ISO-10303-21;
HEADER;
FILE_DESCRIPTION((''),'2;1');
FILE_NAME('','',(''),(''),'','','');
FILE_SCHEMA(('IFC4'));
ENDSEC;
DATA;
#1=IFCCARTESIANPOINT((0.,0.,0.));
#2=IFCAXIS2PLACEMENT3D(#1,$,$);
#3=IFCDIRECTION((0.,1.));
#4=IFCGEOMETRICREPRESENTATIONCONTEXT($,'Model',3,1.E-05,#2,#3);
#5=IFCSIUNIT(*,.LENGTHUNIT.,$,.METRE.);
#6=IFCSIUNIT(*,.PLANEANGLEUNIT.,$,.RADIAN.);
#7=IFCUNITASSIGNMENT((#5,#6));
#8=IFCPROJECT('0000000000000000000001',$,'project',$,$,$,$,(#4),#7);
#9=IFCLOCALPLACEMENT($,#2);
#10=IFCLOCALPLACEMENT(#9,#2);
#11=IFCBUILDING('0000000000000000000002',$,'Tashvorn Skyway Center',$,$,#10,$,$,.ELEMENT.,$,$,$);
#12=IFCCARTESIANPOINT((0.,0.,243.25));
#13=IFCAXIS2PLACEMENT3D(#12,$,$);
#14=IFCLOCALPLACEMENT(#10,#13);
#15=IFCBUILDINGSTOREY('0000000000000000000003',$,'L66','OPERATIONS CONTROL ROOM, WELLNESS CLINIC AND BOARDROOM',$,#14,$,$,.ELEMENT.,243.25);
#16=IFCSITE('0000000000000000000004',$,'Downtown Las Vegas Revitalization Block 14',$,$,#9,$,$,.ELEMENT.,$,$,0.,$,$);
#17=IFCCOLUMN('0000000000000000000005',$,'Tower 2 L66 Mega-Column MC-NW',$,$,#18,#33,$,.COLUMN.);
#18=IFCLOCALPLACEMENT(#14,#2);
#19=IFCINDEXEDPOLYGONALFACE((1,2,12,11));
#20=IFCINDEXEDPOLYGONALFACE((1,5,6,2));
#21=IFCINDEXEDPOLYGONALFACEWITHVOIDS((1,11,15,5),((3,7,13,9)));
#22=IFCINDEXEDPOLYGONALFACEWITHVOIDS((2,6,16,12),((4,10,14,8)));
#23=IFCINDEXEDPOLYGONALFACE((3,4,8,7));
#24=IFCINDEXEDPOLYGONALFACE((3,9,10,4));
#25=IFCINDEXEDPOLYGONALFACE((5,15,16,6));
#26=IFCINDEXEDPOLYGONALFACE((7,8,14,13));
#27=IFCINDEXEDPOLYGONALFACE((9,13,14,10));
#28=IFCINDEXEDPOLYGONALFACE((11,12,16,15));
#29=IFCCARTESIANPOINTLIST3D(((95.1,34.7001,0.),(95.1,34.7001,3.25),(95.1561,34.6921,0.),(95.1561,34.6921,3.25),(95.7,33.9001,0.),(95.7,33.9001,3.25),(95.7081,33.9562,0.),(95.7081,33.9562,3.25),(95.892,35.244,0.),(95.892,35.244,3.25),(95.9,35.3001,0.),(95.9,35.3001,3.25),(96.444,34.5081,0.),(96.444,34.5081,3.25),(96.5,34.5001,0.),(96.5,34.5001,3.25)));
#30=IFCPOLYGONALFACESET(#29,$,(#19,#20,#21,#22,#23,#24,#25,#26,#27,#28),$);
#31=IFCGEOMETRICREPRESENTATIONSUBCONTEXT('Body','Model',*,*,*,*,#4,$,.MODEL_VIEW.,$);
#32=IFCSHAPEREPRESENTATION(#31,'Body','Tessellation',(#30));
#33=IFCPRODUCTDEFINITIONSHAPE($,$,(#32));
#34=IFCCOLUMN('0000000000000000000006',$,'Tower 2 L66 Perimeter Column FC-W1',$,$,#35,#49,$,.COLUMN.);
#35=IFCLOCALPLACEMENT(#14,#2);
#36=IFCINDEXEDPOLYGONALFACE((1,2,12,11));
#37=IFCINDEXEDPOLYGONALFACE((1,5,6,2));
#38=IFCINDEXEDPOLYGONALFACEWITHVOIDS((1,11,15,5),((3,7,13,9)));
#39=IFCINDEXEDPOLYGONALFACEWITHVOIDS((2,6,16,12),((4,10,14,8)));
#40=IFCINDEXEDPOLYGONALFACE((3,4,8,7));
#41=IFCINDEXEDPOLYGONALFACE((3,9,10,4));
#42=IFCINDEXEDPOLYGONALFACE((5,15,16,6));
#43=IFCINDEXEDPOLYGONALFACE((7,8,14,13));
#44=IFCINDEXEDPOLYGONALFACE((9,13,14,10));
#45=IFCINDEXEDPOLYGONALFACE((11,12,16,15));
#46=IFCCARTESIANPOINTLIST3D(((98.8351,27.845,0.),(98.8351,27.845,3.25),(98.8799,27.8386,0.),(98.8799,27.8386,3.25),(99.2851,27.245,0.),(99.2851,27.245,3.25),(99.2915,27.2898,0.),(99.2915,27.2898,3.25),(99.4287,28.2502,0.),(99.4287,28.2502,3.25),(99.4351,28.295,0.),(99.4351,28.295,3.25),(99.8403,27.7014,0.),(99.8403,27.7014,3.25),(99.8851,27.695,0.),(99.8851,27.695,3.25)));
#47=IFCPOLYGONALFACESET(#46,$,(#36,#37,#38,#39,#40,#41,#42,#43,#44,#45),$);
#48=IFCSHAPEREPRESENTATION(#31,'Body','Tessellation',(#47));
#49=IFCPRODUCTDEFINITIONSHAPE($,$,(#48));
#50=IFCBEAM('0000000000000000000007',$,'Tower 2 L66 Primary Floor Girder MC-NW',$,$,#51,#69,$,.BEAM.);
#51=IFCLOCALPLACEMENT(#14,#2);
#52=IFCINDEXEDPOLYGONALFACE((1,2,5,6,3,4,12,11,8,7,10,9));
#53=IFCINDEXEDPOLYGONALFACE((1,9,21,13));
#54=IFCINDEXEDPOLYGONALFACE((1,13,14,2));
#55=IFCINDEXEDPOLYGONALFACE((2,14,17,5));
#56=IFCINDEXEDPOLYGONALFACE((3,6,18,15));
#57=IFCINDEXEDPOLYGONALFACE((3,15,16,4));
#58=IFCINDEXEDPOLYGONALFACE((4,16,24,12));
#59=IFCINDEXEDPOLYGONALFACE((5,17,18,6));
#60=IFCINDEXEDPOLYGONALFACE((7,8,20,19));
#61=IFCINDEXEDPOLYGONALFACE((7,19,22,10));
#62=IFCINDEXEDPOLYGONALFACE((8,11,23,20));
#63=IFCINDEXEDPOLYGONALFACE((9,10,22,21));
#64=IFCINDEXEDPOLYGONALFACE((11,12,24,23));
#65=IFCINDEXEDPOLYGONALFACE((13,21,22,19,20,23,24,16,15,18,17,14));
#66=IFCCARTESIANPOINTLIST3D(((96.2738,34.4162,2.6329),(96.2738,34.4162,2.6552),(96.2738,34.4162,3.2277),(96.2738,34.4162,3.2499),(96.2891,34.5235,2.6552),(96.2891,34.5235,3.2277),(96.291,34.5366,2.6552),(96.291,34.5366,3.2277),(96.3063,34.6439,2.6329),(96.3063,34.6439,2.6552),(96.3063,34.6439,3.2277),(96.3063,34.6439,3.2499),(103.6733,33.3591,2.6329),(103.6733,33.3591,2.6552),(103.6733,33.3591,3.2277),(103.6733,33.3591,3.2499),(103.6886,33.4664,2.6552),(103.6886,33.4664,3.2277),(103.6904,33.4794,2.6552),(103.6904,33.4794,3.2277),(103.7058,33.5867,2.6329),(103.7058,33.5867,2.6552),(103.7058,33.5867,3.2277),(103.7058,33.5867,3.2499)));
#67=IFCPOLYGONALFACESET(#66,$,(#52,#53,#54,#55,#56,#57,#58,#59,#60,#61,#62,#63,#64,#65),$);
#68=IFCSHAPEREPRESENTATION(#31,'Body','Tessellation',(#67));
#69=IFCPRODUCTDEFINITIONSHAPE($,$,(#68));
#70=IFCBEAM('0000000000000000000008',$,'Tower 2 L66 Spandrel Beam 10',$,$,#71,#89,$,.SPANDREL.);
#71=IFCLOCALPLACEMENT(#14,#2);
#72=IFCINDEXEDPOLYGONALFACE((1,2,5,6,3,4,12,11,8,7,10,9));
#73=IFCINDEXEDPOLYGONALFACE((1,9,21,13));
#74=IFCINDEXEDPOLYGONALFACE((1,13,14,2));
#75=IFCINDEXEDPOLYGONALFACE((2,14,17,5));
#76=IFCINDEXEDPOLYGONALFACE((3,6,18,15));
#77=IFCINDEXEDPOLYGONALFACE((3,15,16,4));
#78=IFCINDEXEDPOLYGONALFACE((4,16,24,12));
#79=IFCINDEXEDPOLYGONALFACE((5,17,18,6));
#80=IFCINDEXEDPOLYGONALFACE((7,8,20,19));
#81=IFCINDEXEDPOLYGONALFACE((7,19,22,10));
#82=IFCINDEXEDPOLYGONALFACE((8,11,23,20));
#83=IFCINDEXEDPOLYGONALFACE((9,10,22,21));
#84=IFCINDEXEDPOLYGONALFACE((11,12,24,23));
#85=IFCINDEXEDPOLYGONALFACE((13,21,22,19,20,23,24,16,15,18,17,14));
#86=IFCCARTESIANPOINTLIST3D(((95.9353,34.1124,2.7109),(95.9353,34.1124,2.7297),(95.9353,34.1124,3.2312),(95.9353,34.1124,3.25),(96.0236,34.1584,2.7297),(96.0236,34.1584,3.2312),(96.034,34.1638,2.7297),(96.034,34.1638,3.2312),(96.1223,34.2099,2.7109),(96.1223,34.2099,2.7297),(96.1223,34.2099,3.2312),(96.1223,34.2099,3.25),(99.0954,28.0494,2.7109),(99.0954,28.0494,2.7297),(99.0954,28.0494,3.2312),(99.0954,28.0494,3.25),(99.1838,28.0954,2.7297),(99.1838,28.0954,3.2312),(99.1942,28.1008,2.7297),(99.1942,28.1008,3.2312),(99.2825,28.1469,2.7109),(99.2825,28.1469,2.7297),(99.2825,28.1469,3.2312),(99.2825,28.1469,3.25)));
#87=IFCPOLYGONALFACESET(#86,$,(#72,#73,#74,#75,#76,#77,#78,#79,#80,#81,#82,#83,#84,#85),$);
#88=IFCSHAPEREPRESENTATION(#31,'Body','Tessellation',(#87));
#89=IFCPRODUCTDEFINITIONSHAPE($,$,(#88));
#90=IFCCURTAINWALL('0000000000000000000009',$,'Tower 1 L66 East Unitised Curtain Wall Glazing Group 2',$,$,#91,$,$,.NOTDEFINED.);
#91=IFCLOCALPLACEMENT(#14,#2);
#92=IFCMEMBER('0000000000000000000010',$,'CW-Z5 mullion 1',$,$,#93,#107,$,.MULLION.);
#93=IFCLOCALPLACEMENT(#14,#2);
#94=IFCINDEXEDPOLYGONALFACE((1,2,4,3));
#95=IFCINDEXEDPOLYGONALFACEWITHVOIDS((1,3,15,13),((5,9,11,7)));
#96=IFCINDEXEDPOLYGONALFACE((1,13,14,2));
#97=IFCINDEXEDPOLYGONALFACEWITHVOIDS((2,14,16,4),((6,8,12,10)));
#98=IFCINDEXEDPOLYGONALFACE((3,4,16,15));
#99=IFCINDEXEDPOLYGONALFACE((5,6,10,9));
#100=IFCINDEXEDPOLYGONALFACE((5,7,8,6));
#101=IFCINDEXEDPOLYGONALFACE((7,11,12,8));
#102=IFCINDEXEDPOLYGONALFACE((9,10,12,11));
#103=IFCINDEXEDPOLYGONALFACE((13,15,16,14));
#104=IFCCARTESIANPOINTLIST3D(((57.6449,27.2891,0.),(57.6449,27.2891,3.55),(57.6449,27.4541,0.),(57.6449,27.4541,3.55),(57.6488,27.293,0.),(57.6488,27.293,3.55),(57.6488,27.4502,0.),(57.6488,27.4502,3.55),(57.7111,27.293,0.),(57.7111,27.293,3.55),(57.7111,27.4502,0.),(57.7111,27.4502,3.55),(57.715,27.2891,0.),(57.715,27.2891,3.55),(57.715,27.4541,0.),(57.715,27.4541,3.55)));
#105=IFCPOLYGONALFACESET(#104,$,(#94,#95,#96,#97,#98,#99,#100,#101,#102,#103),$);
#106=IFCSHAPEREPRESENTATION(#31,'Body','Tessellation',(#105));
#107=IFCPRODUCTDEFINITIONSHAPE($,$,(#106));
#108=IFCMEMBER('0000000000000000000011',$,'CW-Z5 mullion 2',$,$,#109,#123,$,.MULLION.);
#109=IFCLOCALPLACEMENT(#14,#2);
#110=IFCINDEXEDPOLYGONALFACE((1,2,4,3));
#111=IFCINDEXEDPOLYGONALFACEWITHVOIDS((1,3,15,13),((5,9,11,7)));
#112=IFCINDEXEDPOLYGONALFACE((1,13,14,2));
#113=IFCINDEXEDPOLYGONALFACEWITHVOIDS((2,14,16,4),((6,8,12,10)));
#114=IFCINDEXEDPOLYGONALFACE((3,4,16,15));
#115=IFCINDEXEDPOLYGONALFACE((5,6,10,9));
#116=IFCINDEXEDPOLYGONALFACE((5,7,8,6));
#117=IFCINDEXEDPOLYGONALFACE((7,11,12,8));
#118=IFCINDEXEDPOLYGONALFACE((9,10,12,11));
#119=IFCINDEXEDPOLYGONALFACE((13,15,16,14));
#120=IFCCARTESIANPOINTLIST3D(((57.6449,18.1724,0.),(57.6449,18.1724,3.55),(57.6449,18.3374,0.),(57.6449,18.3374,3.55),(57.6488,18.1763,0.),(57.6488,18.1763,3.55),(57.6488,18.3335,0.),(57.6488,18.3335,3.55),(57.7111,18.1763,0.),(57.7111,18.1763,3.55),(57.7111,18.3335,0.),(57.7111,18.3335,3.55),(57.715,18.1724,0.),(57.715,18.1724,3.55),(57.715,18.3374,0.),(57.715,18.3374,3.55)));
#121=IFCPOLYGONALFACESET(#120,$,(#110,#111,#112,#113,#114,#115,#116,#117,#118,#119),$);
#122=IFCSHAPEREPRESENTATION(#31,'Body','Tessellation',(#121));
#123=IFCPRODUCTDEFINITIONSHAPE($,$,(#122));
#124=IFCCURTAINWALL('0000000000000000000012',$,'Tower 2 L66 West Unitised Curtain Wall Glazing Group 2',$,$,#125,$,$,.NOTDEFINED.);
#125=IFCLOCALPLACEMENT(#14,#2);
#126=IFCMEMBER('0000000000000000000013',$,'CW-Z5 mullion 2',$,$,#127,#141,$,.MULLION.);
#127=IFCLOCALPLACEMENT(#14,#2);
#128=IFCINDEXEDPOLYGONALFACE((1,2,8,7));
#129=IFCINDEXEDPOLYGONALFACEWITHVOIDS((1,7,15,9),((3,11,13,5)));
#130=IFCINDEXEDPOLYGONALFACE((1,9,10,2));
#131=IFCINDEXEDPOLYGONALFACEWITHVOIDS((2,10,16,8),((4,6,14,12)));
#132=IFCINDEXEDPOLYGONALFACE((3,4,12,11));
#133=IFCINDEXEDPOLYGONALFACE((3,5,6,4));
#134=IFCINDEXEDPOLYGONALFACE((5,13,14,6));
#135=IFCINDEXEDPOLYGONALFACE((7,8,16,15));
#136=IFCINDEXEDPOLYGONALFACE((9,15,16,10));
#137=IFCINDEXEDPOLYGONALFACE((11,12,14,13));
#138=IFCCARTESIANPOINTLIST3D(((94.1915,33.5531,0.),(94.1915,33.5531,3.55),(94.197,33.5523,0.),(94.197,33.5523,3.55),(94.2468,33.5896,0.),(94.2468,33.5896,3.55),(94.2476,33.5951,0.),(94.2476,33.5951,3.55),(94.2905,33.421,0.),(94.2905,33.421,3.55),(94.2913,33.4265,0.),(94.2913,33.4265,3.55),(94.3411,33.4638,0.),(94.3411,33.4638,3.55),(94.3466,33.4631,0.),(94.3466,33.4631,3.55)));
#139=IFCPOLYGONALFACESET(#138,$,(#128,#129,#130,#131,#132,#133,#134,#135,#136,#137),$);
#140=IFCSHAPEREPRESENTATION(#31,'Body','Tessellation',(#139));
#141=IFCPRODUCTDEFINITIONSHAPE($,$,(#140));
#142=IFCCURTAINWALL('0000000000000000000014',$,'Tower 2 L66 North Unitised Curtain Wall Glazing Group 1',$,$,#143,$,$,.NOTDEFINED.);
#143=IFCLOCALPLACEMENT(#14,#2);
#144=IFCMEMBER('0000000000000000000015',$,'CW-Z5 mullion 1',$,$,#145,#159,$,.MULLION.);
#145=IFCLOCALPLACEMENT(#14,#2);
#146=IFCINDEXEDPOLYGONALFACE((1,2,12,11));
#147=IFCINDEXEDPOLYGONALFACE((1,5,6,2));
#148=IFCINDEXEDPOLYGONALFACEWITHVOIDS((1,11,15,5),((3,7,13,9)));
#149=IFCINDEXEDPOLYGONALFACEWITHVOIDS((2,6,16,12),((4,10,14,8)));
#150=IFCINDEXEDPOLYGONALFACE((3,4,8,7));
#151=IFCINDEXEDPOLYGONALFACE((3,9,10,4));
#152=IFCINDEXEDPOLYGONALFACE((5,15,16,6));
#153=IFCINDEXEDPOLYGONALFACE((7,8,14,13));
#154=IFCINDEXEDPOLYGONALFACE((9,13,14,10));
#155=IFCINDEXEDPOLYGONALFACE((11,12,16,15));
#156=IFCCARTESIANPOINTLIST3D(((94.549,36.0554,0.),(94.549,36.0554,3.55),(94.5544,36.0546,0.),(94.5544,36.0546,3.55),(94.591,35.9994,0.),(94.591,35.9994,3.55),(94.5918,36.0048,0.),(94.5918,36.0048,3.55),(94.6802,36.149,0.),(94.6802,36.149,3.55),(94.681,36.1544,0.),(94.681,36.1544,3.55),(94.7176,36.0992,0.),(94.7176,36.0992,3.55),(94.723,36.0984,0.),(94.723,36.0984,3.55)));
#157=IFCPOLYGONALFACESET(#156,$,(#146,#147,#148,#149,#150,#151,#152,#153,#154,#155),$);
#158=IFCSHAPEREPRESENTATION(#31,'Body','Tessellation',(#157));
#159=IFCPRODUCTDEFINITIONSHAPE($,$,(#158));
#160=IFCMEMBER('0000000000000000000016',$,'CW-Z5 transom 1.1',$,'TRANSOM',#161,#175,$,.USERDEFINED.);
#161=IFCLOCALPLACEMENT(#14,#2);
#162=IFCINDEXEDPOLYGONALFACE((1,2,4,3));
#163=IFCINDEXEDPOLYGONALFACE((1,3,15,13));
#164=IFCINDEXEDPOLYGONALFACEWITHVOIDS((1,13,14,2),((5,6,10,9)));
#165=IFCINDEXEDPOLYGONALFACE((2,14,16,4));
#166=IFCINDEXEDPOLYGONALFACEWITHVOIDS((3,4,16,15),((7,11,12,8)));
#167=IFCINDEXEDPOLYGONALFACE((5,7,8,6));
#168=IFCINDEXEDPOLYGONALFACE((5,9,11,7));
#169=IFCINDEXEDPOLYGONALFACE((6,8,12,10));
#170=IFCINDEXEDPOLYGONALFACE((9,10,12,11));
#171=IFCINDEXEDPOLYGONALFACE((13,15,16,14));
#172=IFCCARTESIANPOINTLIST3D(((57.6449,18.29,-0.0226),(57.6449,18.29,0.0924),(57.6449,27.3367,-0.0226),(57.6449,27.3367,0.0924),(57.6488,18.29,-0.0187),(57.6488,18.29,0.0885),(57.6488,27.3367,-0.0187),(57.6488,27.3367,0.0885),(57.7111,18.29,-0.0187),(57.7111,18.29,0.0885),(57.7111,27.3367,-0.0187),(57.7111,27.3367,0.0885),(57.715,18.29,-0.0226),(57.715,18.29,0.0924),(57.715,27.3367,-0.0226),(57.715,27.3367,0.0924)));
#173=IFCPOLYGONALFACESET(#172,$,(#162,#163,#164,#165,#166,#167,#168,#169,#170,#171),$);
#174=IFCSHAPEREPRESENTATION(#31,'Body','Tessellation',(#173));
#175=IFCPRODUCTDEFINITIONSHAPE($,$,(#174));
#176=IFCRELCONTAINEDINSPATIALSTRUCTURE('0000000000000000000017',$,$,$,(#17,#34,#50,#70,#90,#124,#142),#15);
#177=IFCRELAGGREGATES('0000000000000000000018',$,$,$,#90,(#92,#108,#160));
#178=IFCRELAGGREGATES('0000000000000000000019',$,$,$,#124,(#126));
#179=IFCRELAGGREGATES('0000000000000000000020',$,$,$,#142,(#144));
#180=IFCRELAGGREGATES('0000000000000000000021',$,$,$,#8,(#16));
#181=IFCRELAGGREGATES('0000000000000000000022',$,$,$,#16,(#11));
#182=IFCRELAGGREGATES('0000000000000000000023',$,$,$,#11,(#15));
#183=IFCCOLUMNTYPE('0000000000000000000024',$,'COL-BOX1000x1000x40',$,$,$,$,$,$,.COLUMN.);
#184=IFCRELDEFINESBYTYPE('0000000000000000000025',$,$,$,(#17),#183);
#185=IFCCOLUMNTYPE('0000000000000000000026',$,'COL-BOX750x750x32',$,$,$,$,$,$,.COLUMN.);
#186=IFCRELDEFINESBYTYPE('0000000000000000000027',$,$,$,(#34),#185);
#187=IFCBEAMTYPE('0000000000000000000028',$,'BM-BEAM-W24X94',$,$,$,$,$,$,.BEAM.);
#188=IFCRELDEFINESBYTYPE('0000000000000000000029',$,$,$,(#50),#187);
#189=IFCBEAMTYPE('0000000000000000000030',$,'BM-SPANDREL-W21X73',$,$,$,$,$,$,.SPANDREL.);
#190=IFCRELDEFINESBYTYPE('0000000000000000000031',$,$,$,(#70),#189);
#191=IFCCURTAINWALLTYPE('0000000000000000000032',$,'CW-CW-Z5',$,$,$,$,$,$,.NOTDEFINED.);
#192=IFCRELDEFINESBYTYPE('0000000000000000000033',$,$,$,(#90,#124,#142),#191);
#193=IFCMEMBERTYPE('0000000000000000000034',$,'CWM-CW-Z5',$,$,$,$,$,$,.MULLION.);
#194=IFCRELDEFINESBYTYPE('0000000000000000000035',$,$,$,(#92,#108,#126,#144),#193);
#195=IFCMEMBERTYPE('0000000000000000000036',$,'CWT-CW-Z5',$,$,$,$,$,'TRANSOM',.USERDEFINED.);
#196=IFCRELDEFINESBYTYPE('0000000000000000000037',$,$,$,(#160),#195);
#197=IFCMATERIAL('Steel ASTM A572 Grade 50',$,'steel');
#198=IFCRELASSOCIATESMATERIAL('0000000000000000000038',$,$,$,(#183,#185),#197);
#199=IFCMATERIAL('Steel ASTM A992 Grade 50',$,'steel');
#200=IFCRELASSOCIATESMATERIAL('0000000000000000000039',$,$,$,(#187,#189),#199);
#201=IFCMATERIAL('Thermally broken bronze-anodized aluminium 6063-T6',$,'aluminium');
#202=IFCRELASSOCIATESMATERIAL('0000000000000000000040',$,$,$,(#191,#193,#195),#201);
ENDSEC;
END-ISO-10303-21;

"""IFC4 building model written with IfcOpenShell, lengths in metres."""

from ifc_helpers import new_model, si_unit, direction, frame, origin, origin_2d, place, context, subcontext, project, spatial, hollow_rectangle, i_section, extrude, material, material_profile, profile_set, type_object, element, aggregate, save


model = new_model("IFC4")

# Units and contexts
model_context = context("Model", 3, precision=1e-05, world=origin(), true_north=direction((0.0, 1.0)))
body_context = subcontext(model_context, "Body", "Model", "MODEL_VIEW")
ifc_project = project(units=[si_unit("LENGTHUNIT", "METRE"), si_unit("PLANEANGLEUNIT", "RADIAN")], contexts=[model_context])

# Site, building, storey
site_placement = place(None, origin())
site = spatial("IfcSite", under=ifc_project, at=site_placement, Name="Downtown Las Vegas Revitalization Block 14", CompositionType="ELEMENT", RefElevation=0.0)
building_placement = place(site_placement, origin())
building = spatial("IfcBuilding", under=site, at=building_placement, Name="Tashvorn Skyway Center", CompositionType="ELEMENT")
storey_placement = place(building_placement, frame((0.0, 0.0, 243.25)))
storey = spatial("IfcBuildingStorey", under=building, at=storey_placement, Name="L66", Description="OPERATIONS CONTROL ROOM, WELLNESS CLINIC AND BOARDROOM", CompositionType="ELEMENT", Elevation=243.25)

# Columns
ifc_material_1 = material(Name="Steel ASTM A572 Grade 50", Category="steel")
ifc_material_profile_1 = material_profile(ifc_material_1, hollow_rectangle(XDim=1.0, YDim=1.0, WallThickness=0.04, at=origin_2d()), Name="BOX1000x1000x40")
ifc_profile_set_1 = profile_set([ifc_material_profile_1], Name="Steel ASTM A572 Grade 50")
column_type_1 = type_object("IfcColumnType", Name="COL-BOX1000x1000x40", PredefinedType="COLUMN", material=ifc_profile_set_1)
column_1_placement = place(storey_placement, frame((95.8, 34.6001, 0.0), z_axis=(0.0, 0.0, 1.0), x_axis=(0.8, 0.6, 0.0)))
element("IfcColumn", 1, at=column_1_placement, inside=storey, type_object=column_type_1, Name="Tower 2 L66 Mega-Column MC-NW", PredefinedType="COLUMN", context=body_context, shape_type="SweptSolid", body=[
    extrude(hollow_rectangle(XDim=1.0, YDim=1.0, WallThickness=0.04, at=origin_2d()), origin(), (0.0, 0.0, 1.0), 3.25),
])
ifc_material_profile_2 = material_profile(ifc_material_1, hollow_rectangle(XDim=0.75, YDim=0.75, WallThickness=0.032, at=origin_2d()), Name="BOX750x750x32")
ifc_profile_set_2 = profile_set([ifc_material_profile_2], Name="Steel ASTM A572 Grade 50")
column_type_2 = type_object("IfcColumnType", Name="COL-BOX750x750x32", PredefinedType="COLUMN", material=ifc_profile_set_2)
column_2_placement = place(storey_placement, frame((99.3601, 27.77, 0.0), z_axis=(0.0, 0.0, 1.0), x_axis=(0.8, 0.6, 0.0)))
element("IfcColumn", 2, at=column_2_placement, inside=storey, type_object=column_type_2, Name="Tower 2 L66 Perimeter Column FC-W1", PredefinedType="COLUMN", context=body_context, shape_type="SweptSolid", body=[
    extrude(hollow_rectangle(XDim=0.75, YDim=0.75, WallThickness=0.032, at=origin_2d()), origin(), (0.0, 0.0, 1.0), 3.25),
])

# Beams
ifc_material_2 = material(Name="Steel ASTM A992 Grade 50", Category="steel")
ifc_material_profile_3 = material_profile(ifc_material_2, i_section(OverallWidth=0.23, OverallDepth=0.6169, WebThickness=0.0132, FlangeThickness=0.0222, at=origin_2d()), Name="W24X94")
ifc_profile_set_3 = profile_set([ifc_material_profile_3], Name="Steel ASTM A992 Grade 50")
beam_type_1 = type_object("IfcBeamType", Name="BM-BEAM-W24X94", PredefinedType="BEAM", material=ifc_profile_set_3)
beam_1_placement = place(storey_placement, frame((96.29, 34.53, 2.9414), z_axis=(0.989948, -0.141431, 0.0), x_axis=(0.141431, 0.989948, 0.0)))
element("IfcBeam", 3, at=beam_1_placement, inside=storey, type_object=beam_type_1, Name="Tower 2 L66 Primary Floor Girder MC-NW", PredefinedType="BEAM", context=body_context, shape_type="SweptSolid", body=[
    extrude(i_section(OverallWidth=0.23, OverallDepth=0.6169, WebThickness=0.0132, FlangeThickness=0.0222, at=origin_2d()), origin(), (0.0, 0.0, 1.0), 7.4746),
])
ifc_material_profile_4 = material_profile(ifc_material_2, i_section(OverallWidth=0.2109, OverallDepth=0.5391, WebThickness=0.0117, FlangeThickness=0.0188, at=origin_2d()), Name="W21X73")
ifc_profile_set_4 = profile_set([ifc_material_profile_4], Name="Steel ASTM A992 Grade 50")
beam_type_2 = type_object("IfcBeamType", Name="BM-SPANDREL-W21X73", PredefinedType="SPANDREL", material=ifc_profile_set_4)
beam_2_placement = place(storey_placement, frame((96.0288, 34.1611, 2.9805), z_axis=(0.462205, -0.886773, 0.0), x_axis=(0.886773, 0.462205, 0.0)))
element("IfcBeam", 4, at=beam_2_placement, inside=storey, type_object=beam_type_2, Name="Tower 2 L66 Spandrel Beam 10", PredefinedType="SPANDREL", context=body_context, shape_type="SweptSolid", body=[
    extrude(i_section(OverallWidth=0.2109, OverallDepth=0.5391, WebThickness=0.0117, FlangeThickness=0.0188, at=origin_2d()), origin(), (0.0, 0.0, 1.0), 6.8372),
])

# Curtain wall, members
ifc_material_3 = material(Name="Thermally broken bronze-anodized aluminium 6063-T6", Category="aluminium")
curtain_wall_type = type_object("IfcCurtainWallType", Name="CW-CW-Z5", PredefinedType="NOTDEFINED", material=ifc_material_3)
curtain_wall_1_placement = place(storey_placement, origin())
curtain_wall_1 = element("IfcCurtainWall", 5, at=curtain_wall_1_placement, inside=storey, type_object=curtain_wall_type, Name="Tower 1 L66 East Unitised Curtain Wall Glazing Group 2", PredefinedType="NOTDEFINED")
ifc_material_profile_5 = material_profile(ifc_material_3, hollow_rectangle(XDim=0.0701, YDim=0.165, WallThickness=0.0039, at=origin_2d()), Name="ALU-MULL-70x165")
ifc_profile_set_5 = profile_set([ifc_material_profile_5], Name="Thermally broken bronze-anodized aluminium 6063-T6")
member_type_1 = type_object("IfcMemberType", Name="CWM-CW-Z5", PredefinedType="MULLION", material=ifc_profile_set_5)
member_1_placement = place(storey_placement, frame((57.6799, 27.3716, 0.0), z_axis=(0.0, 0.0, 1.0), x_axis=(1.0, 0.0, 0.0)))
member_1 = element("IfcMember", 6, at=member_1_placement, type_object=member_type_1, Name="CW-Z5 mullion 1", PredefinedType="MULLION", context=body_context, shape_type="SweptSolid", body=[
    extrude(hollow_rectangle(XDim=0.0701, YDim=0.165, WallThickness=0.0039, at=origin_2d()), origin(), (0.0, 0.0, 1.0), 3.55),
])
member_2_placement = place(storey_placement, frame((57.6799, 18.2549, 0.0), z_axis=(0.0, 0.0, 1.0), x_axis=(1.0, 0.0, 0.0)))
member_2 = element("IfcMember", 7, at=member_2_placement, type_object=member_type_1, Name="CW-Z5 mullion 2", PredefinedType="MULLION", context=body_context, shape_type="SweptSolid", body=[
    extrude(hollow_rectangle(XDim=0.0701, YDim=0.165, WallThickness=0.0039, at=origin_2d()), origin(), (0.0, 0.0, 1.0), 3.55),
])

# Curtain walls, members
curtain_wall_2_placement = place(storey_placement, origin())
curtain_wall_2 = element("IfcCurtainWall", 8, at=curtain_wall_2_placement, inside=storey, type_object=curtain_wall_type, Name="Tower 2 L66 West Unitised Curtain Wall Glazing Group 2", PredefinedType="NOTDEFINED")
member_3_placement = place(storey_placement, frame((94.269, 33.5081, 0.0), z_axis=(0.0, 0.0, 1.0), x_axis=(-0.8, -0.6, 0.0)))
member_3 = element("IfcMember", 9, at=member_3_placement, type_object=member_type_1, Name="CW-Z5 mullion 2", PredefinedType="MULLION", context=body_context, shape_type="SweptSolid", body=[
    extrude(hollow_rectangle(XDim=0.0701, YDim=0.165, WallThickness=0.0039, at=origin_2d()), origin(), (0.0, 0.0, 1.0), 3.55),
])
curtain_wall_3_placement = place(storey_placement, origin())
curtain_wall_3 = element("IfcCurtainWall", 10, at=curtain_wall_3_placement, inside=storey, type_object=curtain_wall_type, Name="Tower 2 L66 North Unitised Curtain Wall Glazing Group 1", PredefinedType="NOTDEFINED")
member_4_placement = place(storey_placement, frame((94.636, 36.0769, 0.0), z_axis=(0.0, 0.0, 1.0), x_axis=(-0.6, 0.8, 0.0)))
member_4 = element("IfcMember", 11, at=member_4_placement, type_object=member_type_1, Name="CW-Z5 mullion 1", PredefinedType="MULLION", context=body_context, shape_type="SweptSolid", body=[
    extrude(hollow_rectangle(XDim=0.0701, YDim=0.165, WallThickness=0.0039, at=origin_2d()), origin(), (0.0, 0.0, 1.0), 3.55),
])

# Member
ifc_material_profile_6 = material_profile(ifc_material_3, hollow_rectangle(XDim=0.0701, YDim=0.115, WallThickness=0.0039, at=origin_2d()), Name="ALU-TRAN-70x115")
ifc_profile_set_6 = profile_set([ifc_material_profile_6], Name="Thermally broken bronze-anodized aluminium 6063-T6")
member_type_2 = type_object("IfcMemberType", Name="CWT-CW-Z5", ElementType="TRANSOM", PredefinedType="USERDEFINED", material=ifc_profile_set_6)
member_5_placement = place(storey_placement, frame((57.6799, 27.3367, 0.0349), z_axis=(0.0, -1.0, 0.0), x_axis=(1.0, 0.0, 0.0)))
member_5 = element("IfcMember", 12, at=member_5_placement, type_object=member_type_2, Name="CW-Z5 transom 1.1", ObjectType="TRANSOM", PredefinedType="USERDEFINED", context=body_context, shape_type="SweptSolid", body=[
    extrude(hollow_rectangle(XDim=0.0701, YDim=0.115, WallThickness=0.0039, at=origin_2d()), origin(), (0.0, 0.0, 1.0), 9.0466),
])

aggregate(curtain_wall_1, [member_1, member_2, member_5])
aggregate(curtain_wall_2, [member_3])
aggregate(curtain_wall_3, [member_4])

save(model, "model.ifc")
